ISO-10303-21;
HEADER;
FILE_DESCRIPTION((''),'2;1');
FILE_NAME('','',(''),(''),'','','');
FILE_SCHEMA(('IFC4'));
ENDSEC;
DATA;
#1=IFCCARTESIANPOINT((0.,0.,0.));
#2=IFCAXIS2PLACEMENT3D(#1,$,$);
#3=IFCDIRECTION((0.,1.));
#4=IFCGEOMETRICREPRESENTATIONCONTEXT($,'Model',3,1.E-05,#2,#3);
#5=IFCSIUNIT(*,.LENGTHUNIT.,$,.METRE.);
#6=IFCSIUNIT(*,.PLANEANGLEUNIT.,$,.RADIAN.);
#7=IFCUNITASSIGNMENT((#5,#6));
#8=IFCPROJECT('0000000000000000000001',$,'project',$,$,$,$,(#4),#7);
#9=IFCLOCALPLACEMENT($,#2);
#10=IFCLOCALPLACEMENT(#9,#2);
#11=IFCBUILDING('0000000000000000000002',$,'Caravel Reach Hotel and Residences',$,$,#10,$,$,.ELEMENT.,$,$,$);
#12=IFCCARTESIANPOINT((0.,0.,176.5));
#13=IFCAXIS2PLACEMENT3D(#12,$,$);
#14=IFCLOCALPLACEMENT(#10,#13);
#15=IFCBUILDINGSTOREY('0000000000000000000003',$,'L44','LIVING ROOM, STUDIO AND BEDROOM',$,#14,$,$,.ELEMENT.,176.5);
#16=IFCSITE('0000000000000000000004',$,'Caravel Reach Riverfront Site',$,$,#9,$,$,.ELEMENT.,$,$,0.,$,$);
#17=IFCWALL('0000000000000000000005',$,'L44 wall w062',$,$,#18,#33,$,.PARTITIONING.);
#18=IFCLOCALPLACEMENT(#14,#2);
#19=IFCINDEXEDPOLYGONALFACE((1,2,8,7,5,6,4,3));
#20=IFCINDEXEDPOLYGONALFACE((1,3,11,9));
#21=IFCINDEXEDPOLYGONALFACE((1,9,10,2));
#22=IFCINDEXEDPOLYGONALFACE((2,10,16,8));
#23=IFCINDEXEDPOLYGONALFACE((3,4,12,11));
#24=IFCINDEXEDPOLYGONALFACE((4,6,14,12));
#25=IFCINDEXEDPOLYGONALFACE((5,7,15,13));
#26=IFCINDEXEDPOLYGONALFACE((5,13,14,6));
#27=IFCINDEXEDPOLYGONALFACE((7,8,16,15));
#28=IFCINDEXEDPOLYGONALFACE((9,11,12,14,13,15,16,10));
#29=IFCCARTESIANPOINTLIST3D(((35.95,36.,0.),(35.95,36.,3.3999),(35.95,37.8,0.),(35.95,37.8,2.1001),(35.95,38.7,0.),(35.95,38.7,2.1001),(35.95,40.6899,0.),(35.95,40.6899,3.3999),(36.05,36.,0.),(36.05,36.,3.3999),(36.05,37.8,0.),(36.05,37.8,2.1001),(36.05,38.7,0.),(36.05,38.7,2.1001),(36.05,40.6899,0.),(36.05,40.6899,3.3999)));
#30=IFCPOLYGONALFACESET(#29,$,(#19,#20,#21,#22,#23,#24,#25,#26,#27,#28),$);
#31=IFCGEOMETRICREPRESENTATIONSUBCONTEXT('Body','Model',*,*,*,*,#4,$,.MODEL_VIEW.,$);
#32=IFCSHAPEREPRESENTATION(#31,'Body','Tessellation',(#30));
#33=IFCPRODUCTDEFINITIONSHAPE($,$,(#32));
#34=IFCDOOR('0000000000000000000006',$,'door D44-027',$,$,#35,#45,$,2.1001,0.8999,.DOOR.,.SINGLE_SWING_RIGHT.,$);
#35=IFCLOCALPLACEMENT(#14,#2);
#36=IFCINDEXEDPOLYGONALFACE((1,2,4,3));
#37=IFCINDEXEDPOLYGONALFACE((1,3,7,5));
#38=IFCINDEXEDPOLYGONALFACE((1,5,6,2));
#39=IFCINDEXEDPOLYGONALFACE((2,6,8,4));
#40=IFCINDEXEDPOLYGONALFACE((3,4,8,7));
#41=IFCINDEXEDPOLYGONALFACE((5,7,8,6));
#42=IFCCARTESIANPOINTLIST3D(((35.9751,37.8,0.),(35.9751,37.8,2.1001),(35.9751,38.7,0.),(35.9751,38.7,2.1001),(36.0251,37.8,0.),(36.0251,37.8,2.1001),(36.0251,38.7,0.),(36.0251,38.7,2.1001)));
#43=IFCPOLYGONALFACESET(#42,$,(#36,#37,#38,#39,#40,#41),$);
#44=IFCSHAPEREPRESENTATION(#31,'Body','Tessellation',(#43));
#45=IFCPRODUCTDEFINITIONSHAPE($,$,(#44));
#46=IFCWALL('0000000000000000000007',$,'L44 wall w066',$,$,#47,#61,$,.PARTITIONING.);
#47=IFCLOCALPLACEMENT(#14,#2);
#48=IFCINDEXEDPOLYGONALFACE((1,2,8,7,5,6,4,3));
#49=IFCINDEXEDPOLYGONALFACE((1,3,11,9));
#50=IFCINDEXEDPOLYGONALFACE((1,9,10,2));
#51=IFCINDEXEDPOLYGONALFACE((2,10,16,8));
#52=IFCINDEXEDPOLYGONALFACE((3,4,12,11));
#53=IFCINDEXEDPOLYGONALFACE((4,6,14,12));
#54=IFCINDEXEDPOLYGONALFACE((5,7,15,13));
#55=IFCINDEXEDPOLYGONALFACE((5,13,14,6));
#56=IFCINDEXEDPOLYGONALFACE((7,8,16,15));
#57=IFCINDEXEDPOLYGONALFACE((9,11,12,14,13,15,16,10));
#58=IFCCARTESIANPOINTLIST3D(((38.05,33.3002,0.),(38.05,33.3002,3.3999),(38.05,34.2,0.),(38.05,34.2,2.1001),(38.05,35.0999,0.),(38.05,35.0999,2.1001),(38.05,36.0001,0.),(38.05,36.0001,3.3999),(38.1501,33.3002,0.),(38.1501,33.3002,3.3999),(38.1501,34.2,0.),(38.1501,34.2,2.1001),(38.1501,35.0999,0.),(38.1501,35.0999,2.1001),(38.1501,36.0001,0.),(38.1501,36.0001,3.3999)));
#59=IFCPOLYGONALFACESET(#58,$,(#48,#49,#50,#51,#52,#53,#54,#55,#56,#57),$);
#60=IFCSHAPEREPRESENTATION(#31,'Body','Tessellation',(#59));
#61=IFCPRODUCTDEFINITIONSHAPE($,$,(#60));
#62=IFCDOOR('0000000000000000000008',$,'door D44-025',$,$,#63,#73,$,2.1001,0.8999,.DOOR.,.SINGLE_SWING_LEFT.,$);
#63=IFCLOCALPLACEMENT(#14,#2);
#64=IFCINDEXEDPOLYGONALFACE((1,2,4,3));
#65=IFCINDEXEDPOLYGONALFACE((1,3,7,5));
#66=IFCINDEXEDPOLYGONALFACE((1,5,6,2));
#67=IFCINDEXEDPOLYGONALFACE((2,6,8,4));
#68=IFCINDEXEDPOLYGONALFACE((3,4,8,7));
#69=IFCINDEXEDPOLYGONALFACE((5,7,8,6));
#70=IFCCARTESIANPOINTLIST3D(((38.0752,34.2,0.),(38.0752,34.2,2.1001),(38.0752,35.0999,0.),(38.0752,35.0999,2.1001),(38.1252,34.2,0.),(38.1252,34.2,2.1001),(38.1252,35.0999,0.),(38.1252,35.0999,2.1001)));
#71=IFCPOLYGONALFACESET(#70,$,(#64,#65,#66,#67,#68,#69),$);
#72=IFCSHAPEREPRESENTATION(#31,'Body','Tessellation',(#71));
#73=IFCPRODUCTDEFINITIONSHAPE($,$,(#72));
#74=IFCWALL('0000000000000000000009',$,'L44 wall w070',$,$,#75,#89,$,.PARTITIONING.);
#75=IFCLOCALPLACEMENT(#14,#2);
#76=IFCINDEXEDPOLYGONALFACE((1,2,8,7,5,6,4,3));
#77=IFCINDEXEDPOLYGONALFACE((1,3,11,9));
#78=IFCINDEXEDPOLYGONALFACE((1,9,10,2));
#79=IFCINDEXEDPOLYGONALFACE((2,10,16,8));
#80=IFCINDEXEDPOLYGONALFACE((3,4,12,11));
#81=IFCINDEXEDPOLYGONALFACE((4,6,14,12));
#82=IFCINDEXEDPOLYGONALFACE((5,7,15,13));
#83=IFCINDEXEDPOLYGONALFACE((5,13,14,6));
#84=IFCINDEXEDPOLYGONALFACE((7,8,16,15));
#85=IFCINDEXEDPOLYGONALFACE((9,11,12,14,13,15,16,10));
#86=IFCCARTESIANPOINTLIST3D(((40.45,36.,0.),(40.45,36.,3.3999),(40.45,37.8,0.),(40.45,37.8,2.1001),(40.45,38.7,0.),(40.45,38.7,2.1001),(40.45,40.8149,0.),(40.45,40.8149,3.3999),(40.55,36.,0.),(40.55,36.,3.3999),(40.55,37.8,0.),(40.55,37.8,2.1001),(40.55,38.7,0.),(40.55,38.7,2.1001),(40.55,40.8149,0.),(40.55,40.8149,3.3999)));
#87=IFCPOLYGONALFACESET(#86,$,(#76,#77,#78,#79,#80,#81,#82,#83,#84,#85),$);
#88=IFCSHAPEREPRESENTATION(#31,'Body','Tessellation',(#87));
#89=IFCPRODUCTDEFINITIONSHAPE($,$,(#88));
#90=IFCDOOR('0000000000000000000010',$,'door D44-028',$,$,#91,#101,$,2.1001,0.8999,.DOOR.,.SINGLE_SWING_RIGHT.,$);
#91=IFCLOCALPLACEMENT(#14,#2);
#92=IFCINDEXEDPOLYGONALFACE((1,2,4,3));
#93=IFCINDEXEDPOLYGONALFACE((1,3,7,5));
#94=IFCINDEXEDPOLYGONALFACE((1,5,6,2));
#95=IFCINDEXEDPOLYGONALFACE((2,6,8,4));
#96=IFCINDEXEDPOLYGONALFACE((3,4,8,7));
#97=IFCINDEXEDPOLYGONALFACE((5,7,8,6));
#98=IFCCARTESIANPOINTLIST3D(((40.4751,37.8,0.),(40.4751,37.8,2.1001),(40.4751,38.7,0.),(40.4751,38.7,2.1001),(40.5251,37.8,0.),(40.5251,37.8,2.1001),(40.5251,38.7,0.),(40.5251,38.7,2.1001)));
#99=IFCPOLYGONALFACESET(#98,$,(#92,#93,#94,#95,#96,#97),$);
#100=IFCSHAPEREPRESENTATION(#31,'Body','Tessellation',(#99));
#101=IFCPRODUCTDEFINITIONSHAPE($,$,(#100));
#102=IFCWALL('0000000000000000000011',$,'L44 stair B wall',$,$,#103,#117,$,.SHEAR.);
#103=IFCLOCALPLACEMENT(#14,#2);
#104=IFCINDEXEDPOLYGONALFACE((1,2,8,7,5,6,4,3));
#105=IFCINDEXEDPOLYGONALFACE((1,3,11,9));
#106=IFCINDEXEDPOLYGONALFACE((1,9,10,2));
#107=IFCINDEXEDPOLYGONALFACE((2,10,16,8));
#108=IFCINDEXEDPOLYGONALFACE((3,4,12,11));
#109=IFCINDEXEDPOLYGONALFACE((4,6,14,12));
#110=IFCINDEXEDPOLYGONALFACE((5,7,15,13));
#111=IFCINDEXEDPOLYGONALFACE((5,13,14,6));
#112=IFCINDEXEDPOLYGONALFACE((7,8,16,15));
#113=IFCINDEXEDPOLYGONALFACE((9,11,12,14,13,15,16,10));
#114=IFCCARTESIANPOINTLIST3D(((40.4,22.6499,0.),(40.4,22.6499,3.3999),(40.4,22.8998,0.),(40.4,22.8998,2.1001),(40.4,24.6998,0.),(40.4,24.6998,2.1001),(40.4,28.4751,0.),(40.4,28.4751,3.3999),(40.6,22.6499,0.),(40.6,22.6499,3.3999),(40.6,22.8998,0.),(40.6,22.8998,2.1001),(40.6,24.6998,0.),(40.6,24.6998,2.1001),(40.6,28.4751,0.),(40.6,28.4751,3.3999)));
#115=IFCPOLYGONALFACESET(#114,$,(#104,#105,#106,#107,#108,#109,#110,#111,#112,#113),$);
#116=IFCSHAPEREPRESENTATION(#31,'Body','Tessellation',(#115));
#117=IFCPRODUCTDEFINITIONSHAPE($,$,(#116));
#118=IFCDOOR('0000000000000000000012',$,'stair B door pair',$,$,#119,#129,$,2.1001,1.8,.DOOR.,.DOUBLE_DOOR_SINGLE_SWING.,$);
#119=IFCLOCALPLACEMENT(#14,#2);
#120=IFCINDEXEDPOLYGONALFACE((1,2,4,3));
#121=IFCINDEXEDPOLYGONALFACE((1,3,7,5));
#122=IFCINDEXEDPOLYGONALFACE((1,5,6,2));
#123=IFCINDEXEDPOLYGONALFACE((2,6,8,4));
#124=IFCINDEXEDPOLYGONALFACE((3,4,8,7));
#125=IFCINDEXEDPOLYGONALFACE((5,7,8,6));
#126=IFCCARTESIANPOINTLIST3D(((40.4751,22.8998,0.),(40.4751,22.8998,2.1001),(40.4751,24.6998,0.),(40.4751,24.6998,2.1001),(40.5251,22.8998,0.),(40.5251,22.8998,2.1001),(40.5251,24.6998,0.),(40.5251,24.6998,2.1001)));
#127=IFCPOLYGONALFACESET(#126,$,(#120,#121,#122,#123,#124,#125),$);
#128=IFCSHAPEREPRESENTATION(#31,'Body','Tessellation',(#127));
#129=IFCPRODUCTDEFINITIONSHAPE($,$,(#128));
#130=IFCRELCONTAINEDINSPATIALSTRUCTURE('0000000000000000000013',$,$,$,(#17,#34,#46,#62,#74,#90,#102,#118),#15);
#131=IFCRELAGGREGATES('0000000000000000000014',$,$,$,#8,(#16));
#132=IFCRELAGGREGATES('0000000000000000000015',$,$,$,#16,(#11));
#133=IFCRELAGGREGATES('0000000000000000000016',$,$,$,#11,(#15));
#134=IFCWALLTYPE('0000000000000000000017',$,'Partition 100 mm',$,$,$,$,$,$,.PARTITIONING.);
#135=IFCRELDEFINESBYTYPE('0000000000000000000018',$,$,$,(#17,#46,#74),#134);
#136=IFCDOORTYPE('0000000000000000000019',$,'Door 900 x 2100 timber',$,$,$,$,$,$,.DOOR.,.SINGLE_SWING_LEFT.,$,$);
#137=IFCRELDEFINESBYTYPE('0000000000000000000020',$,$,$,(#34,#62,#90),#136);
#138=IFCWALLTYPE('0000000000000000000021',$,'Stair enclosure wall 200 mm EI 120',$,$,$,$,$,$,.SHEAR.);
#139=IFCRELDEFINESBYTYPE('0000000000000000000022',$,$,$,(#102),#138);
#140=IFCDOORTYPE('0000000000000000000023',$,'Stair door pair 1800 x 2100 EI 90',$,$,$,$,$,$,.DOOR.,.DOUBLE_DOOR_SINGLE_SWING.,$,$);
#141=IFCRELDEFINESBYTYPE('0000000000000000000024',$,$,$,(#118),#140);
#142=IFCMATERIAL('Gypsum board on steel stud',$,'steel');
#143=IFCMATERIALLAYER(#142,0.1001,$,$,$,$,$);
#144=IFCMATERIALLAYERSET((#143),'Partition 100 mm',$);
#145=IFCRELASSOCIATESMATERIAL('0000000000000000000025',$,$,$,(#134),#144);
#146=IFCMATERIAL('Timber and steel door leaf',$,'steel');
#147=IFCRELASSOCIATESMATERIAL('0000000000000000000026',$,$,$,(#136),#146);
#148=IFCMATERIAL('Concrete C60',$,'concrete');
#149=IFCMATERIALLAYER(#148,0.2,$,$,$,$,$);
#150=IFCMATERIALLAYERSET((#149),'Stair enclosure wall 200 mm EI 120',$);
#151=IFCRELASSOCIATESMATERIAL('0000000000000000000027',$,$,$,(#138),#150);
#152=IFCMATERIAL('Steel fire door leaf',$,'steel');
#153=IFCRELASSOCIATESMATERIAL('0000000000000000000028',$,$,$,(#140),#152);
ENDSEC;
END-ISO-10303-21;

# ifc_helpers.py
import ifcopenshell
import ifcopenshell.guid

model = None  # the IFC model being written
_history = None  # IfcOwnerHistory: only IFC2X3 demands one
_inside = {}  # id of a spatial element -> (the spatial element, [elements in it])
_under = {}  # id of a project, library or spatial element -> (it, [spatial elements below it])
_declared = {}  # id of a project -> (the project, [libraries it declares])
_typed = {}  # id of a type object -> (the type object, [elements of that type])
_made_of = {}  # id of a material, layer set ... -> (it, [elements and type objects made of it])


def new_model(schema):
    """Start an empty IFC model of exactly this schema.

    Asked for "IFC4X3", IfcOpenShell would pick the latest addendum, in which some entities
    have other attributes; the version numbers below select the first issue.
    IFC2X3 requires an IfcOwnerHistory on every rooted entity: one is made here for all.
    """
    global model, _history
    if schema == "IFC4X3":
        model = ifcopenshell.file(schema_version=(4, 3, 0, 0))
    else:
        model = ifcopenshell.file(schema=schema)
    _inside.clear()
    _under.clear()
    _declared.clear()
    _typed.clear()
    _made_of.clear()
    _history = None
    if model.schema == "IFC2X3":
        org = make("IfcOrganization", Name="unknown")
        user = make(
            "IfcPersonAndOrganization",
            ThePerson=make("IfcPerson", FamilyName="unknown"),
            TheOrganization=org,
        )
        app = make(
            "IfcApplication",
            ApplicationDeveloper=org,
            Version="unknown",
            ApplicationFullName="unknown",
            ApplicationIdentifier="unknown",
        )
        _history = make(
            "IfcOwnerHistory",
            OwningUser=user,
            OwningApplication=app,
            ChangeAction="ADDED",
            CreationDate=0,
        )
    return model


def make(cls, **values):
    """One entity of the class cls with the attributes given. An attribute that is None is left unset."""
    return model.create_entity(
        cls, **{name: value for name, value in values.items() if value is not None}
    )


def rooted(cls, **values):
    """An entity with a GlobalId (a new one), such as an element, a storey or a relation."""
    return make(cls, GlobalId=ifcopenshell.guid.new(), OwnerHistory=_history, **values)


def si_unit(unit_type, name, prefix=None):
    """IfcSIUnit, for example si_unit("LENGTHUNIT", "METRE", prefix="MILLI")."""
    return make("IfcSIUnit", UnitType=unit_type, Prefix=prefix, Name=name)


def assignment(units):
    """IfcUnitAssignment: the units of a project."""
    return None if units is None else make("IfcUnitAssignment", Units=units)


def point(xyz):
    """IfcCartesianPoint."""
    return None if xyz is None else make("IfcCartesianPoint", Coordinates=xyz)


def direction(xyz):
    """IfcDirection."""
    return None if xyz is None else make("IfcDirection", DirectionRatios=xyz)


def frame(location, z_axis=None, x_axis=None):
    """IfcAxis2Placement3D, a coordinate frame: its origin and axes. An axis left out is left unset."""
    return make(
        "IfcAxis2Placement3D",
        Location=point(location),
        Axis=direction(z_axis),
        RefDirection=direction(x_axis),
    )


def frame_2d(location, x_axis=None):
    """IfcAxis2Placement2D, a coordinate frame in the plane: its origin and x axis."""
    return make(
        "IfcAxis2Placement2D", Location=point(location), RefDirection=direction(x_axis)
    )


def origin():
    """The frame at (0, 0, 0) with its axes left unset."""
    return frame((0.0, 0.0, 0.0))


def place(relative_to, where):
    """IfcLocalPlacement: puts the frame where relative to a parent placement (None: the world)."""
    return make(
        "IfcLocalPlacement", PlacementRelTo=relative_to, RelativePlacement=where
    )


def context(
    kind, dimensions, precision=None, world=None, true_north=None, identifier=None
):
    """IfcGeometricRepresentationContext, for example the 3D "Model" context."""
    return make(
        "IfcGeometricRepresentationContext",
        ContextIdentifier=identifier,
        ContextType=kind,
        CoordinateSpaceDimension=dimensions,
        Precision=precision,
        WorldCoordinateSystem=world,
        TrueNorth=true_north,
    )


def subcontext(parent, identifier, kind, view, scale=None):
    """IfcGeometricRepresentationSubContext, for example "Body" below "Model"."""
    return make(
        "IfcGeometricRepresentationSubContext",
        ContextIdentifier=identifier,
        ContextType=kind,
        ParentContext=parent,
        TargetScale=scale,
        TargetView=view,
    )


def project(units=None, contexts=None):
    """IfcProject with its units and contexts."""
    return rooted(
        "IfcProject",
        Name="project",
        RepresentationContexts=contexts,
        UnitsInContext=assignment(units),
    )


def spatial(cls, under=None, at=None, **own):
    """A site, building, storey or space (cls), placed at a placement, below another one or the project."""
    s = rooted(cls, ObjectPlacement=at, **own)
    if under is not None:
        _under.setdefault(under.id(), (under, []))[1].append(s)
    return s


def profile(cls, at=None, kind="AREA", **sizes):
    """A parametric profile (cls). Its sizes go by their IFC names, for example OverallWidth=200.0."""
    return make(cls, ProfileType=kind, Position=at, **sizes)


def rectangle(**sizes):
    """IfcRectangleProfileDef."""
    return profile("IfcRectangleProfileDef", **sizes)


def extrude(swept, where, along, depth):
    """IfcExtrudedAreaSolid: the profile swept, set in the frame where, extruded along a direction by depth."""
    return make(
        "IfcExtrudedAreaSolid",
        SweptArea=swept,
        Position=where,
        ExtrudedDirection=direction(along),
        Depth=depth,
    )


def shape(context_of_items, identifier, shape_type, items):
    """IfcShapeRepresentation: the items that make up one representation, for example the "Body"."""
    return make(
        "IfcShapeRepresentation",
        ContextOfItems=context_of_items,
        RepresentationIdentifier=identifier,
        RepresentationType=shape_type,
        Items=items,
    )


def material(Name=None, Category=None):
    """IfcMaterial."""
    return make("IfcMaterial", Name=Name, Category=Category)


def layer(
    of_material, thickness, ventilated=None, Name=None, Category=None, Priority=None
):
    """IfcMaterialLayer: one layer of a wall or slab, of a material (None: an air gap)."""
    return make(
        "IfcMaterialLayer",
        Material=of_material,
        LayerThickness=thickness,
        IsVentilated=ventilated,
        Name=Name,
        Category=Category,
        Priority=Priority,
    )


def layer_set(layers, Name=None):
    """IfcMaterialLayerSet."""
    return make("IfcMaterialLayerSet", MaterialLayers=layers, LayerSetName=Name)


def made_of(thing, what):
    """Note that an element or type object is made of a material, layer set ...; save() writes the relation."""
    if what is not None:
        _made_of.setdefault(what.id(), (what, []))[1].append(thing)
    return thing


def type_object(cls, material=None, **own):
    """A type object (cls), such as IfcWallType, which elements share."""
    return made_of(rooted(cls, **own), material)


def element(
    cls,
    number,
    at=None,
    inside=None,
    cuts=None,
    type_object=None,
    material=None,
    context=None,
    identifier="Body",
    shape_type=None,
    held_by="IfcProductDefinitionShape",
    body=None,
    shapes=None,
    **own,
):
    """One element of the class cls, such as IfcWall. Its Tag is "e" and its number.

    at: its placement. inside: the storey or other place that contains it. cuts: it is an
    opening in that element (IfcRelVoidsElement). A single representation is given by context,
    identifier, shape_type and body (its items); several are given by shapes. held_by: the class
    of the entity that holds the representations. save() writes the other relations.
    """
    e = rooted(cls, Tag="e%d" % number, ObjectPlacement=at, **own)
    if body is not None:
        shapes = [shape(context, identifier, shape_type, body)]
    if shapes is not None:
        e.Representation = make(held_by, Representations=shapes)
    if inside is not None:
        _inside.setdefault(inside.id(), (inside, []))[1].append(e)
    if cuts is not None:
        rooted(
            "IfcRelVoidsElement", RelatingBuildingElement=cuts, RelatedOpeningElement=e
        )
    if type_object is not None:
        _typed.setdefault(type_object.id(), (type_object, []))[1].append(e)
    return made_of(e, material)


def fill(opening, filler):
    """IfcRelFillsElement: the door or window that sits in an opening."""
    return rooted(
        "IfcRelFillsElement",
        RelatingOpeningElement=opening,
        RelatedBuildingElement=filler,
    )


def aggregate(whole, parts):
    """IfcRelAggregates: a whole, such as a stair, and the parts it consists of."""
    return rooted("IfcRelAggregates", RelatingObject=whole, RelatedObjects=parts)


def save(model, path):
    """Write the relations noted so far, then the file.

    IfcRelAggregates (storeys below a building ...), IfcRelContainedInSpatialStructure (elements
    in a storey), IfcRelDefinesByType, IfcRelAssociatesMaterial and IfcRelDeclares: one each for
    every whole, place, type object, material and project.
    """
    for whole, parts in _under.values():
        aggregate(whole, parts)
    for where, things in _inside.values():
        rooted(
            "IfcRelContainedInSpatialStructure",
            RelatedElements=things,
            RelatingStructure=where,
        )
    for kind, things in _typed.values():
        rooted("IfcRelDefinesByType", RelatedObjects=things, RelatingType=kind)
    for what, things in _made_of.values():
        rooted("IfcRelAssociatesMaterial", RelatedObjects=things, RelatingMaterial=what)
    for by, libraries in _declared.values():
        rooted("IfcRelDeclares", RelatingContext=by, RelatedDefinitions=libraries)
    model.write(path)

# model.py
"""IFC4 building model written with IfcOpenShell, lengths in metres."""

from ifc_helpers import new_model, si_unit, direction, frame, frame_2d, origin, place, context, subcontext, project, spatial, rectangle, extrude, material, layer, layer_set, type_object, element, fill, save


model = new_model("IFC4")

# Units and contexts
model_context = context("Model", 3, precision=1e-05, world=origin(), true_north=direction((0.0, 1.0)))
body_context = subcontext(model_context, "Body", "Model", "MODEL_VIEW")
ifc_project = project(units=[si_unit("LENGTHUNIT", "METRE"), si_unit("PLANEANGLEUNIT", "RADIAN")], contexts=[model_context])

# Site, building, storey
site_placement = place(None, origin())
site = spatial("IfcSite", under=ifc_project, at=site_placement, Name="Caravel Reach Riverfront Site", CompositionType="ELEMENT", RefElevation=0.0)
building_placement = place(site_placement, origin())
building = spatial("IfcBuilding", under=site, at=building_placement, Name="Caravel Reach Hotel and Residences", CompositionType="ELEMENT")
storey_placement = place(building_placement, frame((0.0, 0.0, 176.5)))
storey = spatial("IfcBuildingStorey", under=building, at=storey_placement, Name="L44", Description="LIVING ROOM, STUDIO AND BEDROOM", CompositionType="ELEMENT", Elevation=176.5)

# Shared definitions
ifc_material_1 = material(Name="Gypsum board on steel stud", Category="steel")
ifc_layer_1 = layer(ifc_material_1, 0.1001)
ifc_layer_set_1 = layer_set([ifc_layer_1], Name="Partition 100 mm")
wall_type_1 = type_object("IfcWallType", Name="Partition 100 mm", PredefinedType="PARTITIONING", material=ifc_layer_set_1)

# Walls, openings, doors
wall_1_placement = place(storey_placement, frame((36.0, 36.0, 0.0), z_axis=(0.0, 0.0, 1.0), x_axis=(0.0, 1.0, 0.0)))
wall_1 = element("IfcWall", 1, at=wall_1_placement, inside=storey, type_object=wall_type_1, Name="L44 wall w062", PredefinedType="PARTITIONING", context=body_context, shape_type="SweptSolid", body=[
    extrude(rectangle(XDim=4.6899, YDim=0.1001, at=frame_2d((2.345, 0.0))), origin(), (0.0, 0.0, 1.0), 3.3999),
])
opening_1_placement = place(wall_1_placement, frame((1.8, 0.0, 0.0)))
opening_1 = element("IfcOpeningElement", 2, at=opening_1_placement, cuts=wall_1, PredefinedType="OPENING", context=body_context, shape_type="SweptSolid", body=[
    extrude(rectangle(XDim=0.8999, YDim=2.1001, at=frame_2d((0.45, 1.05))), frame((0.0, 0.0601, 0.0), z_axis=(0.0, -1.0, 0.0), x_axis=(1.0, 0.0, 0.0)), (0.0, 0.0, 1.0), 0.1201),
])
ifc_material_2 = material(Name="Timber and steel door leaf", Category="steel")
door_type_1 = type_object("IfcDoorType", Name="Door 900 x 2100 timber", OperationType="SINGLE_SWING_LEFT", PredefinedType="DOOR", material=ifc_material_2)
door_1_placement = place(opening_1_placement, origin())
door_1 = element("IfcDoor", 3, at=door_1_placement, inside=storey, type_object=door_type_1, Name="door D44-027", OperationType="SINGLE_SWING_RIGHT", OverallHeight=2.1001, OverallWidth=0.8999, PredefinedType="DOOR", context=body_context, shape_type="SweptSolid", body=[
    extrude(rectangle(XDim=0.8999, YDim=2.1001, at=frame_2d((0.45, 1.05))), frame((0.0, 0.0249, 0.0), z_axis=(0.0, -1.0, 0.0), x_axis=(1.0, 0.0, 0.0)), (0.0, 0.0, 1.0), 0.05),
])
fill(opening_1, door_1)
wall_2_placement = place(storey_placement, frame((38.1001, 33.3, 0.0), z_axis=(0.0, 0.0, 1.0), x_axis=(0.0, 1.0, 0.0)))
wall_2 = element("IfcWall", 4, at=wall_2_placement, inside=storey, type_object=wall_type_1, Name="L44 wall w066", PredefinedType="PARTITIONING", context=body_context, shape_type="SweptSolid", body=[
    extrude(rectangle(XDim=2.7, YDim=0.1001, at=frame_2d((1.3501, 0.0))), origin(), (0.0, 0.0, 1.0), 3.3999),
])
opening_2_placement = place(wall_2_placement, frame((0.8999, 0.0, 0.0)))
opening_2 = element("IfcOpeningElement", 5, at=opening_2_placement, cuts=wall_2, PredefinedType="OPENING", context=body_context, shape_type="SweptSolid", body=[
    extrude(rectangle(XDim=0.8999, YDim=2.1001, at=frame_2d((0.45, 1.05))), frame((0.0, 0.0601, 0.0), z_axis=(0.0, -1.0, 0.0), x_axis=(1.0, 0.0, 0.0)), (0.0, 0.0, 1.0), 0.1201),
])
door_2_placement = place(opening_2_placement, origin())
door_2 = element("IfcDoor", 6, at=door_2_placement, inside=storey, type_object=door_type_1, Name="door D44-025", OperationType="SINGLE_SWING_LEFT", OverallHeight=2.1001, OverallWidth=0.8999, PredefinedType="DOOR", context=body_context, shape_type="SweptSolid", body=[
    extrude(rectangle(XDim=0.8999, YDim=2.1001, at=frame_2d((0.45, 1.05))), frame((0.0, 0.0249, 0.0), z_axis=(0.0, -1.0, 0.0), x_axis=(1.0, 0.0, 0.0)), (0.0, 0.0, 1.0), 0.05),
])
fill(opening_2, door_2)
wall_3_placement = place(storey_placement, frame((40.5, 36.0, 0.0), z_axis=(0.0, 0.0, 1.0), x_axis=(0.0, 1.0, 0.0)))
wall_3 = element("IfcWall", 7, at=wall_3_placement, inside=storey, type_object=wall_type_1, Name="L44 wall w070", PredefinedType="PARTITIONING", context=body_context, shape_type="SweptSolid", body=[
    extrude(rectangle(XDim=4.8149, YDim=0.1001, at=frame_2d((2.4075, 0.0))), origin(), (0.0, 0.0, 1.0), 3.3999),
])
opening_3_placement = place(wall_3_placement, frame((1.8, 0.0, 0.0)))
opening_3 = element("IfcOpeningElement", 8, at=opening_3_placement, cuts=wall_3, PredefinedType="OPENING", context=body_context, shape_type="SweptSolid", body=[
    extrude(rectangle(XDim=0.8999, YDim=2.1001, at=frame_2d((0.45, 1.05))), frame((0.0, 0.0601, 0.0), z_axis=(0.0, -1.0, 0.0), x_axis=(1.0, 0.0, 0.0)), (0.0, 0.0, 1.0), 0.1201),
])
door_3_placement = place(opening_3_placement, origin())
door_3 = element("IfcDoor", 9, at=door_3_placement, inside=storey, type_object=door_type_1, Name="door D44-028", OperationType="SINGLE_SWING_RIGHT", OverallHeight=2.1001, OverallWidth=0.8999, PredefinedType="DOOR", context=body_context, shape_type="SweptSolid", body=[
    extrude(rectangle(XDim=0.8999, YDim=2.1001, at=frame_2d((0.45, 1.05))), frame((0.0, 0.0249, 0.0), z_axis=(0.0, -1.0, 0.0), x_axis=(1.0, 0.0, 0.0)), (0.0, 0.0, 1.0), 0.05),
])
fill(opening_3, door_3)
ifc_material_3 = material(Name="Concrete C60", Category="concrete")
ifc_layer_2 = layer(ifc_material_3, 0.2)
ifc_layer_set_2 = layer_set([ifc_layer_2], Name="Stair enclosure wall 200 mm EI 120")
wall_type_2 = type_object("IfcWallType", Name="Stair enclosure wall 200 mm EI 120", PredefinedType="SHEAR", material=ifc_layer_set_2)
wall_4_placement = place(storey_placement, frame((40.5, 22.6499, 0.0), z_axis=(0.0, 0.0, 1.0), x_axis=(0.0, 1.0, 0.0)))
wall_4 = element("IfcWall", 10, at=wall_4_placement, inside=storey, type_object=wall_type_2, Name="L44 stair B wall", PredefinedType="SHEAR", context=body_context, shape_type="SweptSolid", body=[
    extrude(rectangle(XDim=5.8252, YDim=0.2, at=frame_2d((2.9126, 0.0))), origin(), (0.0, 0.0, 1.0), 3.3999),
])
opening_4_placement = place(wall_4_placement, frame((0.25, 0.0, 0.0)))
opening_4 = element("IfcOpeningElement", 11, at=opening_4_placement, cuts=wall_4, PredefinedType="OPENING", context=body_context, shape_type="SweptSolid", body=[
    extrude(rectangle(XDim=1.8, YDim=2.1001, at=frame_2d((0.8999, 1.05))), frame((0.0, 0.1099, 0.0), z_axis=(0.0, -1.0, 0.0), x_axis=(1.0, 0.0, 0.0)), (0.0, 0.0, 1.0), 0.22),
])
ifc_material_4 = material(Name="Steel fire door leaf", Category="steel")
door_type_2 = type_object("IfcDoorType", Name="Stair door pair 1800 x 2100 EI 90", OperationType="DOUBLE_DOOR_SINGLE_SWING", PredefinedType="DOOR", material=ifc_material_4)
door_4_placement = place(opening_4_placement, origin())
door_4 = element("IfcDoor", 12, at=door_4_placement, inside=storey, type_object=door_type_2, Name="stair B door pair", OperationType="DOUBLE_DOOR_SINGLE_SWING", OverallHeight=2.1001, OverallWidth=1.8, PredefinedType="DOOR", context=body_context, shape_type="SweptSolid", body=[
    extrude(rectangle(XDim=1.8, YDim=2.1001, at=frame_2d((0.8999, 1.05))), frame((0.0, 0.0249, 0.0), z_axis=(0.0, -1.0, 0.0), x_axis=(1.0, 0.0, 0.0)), (0.0, 0.0, 1.0), 0.05),
])
fill(opening_4, door_4)

save(model, "model.ifc")
